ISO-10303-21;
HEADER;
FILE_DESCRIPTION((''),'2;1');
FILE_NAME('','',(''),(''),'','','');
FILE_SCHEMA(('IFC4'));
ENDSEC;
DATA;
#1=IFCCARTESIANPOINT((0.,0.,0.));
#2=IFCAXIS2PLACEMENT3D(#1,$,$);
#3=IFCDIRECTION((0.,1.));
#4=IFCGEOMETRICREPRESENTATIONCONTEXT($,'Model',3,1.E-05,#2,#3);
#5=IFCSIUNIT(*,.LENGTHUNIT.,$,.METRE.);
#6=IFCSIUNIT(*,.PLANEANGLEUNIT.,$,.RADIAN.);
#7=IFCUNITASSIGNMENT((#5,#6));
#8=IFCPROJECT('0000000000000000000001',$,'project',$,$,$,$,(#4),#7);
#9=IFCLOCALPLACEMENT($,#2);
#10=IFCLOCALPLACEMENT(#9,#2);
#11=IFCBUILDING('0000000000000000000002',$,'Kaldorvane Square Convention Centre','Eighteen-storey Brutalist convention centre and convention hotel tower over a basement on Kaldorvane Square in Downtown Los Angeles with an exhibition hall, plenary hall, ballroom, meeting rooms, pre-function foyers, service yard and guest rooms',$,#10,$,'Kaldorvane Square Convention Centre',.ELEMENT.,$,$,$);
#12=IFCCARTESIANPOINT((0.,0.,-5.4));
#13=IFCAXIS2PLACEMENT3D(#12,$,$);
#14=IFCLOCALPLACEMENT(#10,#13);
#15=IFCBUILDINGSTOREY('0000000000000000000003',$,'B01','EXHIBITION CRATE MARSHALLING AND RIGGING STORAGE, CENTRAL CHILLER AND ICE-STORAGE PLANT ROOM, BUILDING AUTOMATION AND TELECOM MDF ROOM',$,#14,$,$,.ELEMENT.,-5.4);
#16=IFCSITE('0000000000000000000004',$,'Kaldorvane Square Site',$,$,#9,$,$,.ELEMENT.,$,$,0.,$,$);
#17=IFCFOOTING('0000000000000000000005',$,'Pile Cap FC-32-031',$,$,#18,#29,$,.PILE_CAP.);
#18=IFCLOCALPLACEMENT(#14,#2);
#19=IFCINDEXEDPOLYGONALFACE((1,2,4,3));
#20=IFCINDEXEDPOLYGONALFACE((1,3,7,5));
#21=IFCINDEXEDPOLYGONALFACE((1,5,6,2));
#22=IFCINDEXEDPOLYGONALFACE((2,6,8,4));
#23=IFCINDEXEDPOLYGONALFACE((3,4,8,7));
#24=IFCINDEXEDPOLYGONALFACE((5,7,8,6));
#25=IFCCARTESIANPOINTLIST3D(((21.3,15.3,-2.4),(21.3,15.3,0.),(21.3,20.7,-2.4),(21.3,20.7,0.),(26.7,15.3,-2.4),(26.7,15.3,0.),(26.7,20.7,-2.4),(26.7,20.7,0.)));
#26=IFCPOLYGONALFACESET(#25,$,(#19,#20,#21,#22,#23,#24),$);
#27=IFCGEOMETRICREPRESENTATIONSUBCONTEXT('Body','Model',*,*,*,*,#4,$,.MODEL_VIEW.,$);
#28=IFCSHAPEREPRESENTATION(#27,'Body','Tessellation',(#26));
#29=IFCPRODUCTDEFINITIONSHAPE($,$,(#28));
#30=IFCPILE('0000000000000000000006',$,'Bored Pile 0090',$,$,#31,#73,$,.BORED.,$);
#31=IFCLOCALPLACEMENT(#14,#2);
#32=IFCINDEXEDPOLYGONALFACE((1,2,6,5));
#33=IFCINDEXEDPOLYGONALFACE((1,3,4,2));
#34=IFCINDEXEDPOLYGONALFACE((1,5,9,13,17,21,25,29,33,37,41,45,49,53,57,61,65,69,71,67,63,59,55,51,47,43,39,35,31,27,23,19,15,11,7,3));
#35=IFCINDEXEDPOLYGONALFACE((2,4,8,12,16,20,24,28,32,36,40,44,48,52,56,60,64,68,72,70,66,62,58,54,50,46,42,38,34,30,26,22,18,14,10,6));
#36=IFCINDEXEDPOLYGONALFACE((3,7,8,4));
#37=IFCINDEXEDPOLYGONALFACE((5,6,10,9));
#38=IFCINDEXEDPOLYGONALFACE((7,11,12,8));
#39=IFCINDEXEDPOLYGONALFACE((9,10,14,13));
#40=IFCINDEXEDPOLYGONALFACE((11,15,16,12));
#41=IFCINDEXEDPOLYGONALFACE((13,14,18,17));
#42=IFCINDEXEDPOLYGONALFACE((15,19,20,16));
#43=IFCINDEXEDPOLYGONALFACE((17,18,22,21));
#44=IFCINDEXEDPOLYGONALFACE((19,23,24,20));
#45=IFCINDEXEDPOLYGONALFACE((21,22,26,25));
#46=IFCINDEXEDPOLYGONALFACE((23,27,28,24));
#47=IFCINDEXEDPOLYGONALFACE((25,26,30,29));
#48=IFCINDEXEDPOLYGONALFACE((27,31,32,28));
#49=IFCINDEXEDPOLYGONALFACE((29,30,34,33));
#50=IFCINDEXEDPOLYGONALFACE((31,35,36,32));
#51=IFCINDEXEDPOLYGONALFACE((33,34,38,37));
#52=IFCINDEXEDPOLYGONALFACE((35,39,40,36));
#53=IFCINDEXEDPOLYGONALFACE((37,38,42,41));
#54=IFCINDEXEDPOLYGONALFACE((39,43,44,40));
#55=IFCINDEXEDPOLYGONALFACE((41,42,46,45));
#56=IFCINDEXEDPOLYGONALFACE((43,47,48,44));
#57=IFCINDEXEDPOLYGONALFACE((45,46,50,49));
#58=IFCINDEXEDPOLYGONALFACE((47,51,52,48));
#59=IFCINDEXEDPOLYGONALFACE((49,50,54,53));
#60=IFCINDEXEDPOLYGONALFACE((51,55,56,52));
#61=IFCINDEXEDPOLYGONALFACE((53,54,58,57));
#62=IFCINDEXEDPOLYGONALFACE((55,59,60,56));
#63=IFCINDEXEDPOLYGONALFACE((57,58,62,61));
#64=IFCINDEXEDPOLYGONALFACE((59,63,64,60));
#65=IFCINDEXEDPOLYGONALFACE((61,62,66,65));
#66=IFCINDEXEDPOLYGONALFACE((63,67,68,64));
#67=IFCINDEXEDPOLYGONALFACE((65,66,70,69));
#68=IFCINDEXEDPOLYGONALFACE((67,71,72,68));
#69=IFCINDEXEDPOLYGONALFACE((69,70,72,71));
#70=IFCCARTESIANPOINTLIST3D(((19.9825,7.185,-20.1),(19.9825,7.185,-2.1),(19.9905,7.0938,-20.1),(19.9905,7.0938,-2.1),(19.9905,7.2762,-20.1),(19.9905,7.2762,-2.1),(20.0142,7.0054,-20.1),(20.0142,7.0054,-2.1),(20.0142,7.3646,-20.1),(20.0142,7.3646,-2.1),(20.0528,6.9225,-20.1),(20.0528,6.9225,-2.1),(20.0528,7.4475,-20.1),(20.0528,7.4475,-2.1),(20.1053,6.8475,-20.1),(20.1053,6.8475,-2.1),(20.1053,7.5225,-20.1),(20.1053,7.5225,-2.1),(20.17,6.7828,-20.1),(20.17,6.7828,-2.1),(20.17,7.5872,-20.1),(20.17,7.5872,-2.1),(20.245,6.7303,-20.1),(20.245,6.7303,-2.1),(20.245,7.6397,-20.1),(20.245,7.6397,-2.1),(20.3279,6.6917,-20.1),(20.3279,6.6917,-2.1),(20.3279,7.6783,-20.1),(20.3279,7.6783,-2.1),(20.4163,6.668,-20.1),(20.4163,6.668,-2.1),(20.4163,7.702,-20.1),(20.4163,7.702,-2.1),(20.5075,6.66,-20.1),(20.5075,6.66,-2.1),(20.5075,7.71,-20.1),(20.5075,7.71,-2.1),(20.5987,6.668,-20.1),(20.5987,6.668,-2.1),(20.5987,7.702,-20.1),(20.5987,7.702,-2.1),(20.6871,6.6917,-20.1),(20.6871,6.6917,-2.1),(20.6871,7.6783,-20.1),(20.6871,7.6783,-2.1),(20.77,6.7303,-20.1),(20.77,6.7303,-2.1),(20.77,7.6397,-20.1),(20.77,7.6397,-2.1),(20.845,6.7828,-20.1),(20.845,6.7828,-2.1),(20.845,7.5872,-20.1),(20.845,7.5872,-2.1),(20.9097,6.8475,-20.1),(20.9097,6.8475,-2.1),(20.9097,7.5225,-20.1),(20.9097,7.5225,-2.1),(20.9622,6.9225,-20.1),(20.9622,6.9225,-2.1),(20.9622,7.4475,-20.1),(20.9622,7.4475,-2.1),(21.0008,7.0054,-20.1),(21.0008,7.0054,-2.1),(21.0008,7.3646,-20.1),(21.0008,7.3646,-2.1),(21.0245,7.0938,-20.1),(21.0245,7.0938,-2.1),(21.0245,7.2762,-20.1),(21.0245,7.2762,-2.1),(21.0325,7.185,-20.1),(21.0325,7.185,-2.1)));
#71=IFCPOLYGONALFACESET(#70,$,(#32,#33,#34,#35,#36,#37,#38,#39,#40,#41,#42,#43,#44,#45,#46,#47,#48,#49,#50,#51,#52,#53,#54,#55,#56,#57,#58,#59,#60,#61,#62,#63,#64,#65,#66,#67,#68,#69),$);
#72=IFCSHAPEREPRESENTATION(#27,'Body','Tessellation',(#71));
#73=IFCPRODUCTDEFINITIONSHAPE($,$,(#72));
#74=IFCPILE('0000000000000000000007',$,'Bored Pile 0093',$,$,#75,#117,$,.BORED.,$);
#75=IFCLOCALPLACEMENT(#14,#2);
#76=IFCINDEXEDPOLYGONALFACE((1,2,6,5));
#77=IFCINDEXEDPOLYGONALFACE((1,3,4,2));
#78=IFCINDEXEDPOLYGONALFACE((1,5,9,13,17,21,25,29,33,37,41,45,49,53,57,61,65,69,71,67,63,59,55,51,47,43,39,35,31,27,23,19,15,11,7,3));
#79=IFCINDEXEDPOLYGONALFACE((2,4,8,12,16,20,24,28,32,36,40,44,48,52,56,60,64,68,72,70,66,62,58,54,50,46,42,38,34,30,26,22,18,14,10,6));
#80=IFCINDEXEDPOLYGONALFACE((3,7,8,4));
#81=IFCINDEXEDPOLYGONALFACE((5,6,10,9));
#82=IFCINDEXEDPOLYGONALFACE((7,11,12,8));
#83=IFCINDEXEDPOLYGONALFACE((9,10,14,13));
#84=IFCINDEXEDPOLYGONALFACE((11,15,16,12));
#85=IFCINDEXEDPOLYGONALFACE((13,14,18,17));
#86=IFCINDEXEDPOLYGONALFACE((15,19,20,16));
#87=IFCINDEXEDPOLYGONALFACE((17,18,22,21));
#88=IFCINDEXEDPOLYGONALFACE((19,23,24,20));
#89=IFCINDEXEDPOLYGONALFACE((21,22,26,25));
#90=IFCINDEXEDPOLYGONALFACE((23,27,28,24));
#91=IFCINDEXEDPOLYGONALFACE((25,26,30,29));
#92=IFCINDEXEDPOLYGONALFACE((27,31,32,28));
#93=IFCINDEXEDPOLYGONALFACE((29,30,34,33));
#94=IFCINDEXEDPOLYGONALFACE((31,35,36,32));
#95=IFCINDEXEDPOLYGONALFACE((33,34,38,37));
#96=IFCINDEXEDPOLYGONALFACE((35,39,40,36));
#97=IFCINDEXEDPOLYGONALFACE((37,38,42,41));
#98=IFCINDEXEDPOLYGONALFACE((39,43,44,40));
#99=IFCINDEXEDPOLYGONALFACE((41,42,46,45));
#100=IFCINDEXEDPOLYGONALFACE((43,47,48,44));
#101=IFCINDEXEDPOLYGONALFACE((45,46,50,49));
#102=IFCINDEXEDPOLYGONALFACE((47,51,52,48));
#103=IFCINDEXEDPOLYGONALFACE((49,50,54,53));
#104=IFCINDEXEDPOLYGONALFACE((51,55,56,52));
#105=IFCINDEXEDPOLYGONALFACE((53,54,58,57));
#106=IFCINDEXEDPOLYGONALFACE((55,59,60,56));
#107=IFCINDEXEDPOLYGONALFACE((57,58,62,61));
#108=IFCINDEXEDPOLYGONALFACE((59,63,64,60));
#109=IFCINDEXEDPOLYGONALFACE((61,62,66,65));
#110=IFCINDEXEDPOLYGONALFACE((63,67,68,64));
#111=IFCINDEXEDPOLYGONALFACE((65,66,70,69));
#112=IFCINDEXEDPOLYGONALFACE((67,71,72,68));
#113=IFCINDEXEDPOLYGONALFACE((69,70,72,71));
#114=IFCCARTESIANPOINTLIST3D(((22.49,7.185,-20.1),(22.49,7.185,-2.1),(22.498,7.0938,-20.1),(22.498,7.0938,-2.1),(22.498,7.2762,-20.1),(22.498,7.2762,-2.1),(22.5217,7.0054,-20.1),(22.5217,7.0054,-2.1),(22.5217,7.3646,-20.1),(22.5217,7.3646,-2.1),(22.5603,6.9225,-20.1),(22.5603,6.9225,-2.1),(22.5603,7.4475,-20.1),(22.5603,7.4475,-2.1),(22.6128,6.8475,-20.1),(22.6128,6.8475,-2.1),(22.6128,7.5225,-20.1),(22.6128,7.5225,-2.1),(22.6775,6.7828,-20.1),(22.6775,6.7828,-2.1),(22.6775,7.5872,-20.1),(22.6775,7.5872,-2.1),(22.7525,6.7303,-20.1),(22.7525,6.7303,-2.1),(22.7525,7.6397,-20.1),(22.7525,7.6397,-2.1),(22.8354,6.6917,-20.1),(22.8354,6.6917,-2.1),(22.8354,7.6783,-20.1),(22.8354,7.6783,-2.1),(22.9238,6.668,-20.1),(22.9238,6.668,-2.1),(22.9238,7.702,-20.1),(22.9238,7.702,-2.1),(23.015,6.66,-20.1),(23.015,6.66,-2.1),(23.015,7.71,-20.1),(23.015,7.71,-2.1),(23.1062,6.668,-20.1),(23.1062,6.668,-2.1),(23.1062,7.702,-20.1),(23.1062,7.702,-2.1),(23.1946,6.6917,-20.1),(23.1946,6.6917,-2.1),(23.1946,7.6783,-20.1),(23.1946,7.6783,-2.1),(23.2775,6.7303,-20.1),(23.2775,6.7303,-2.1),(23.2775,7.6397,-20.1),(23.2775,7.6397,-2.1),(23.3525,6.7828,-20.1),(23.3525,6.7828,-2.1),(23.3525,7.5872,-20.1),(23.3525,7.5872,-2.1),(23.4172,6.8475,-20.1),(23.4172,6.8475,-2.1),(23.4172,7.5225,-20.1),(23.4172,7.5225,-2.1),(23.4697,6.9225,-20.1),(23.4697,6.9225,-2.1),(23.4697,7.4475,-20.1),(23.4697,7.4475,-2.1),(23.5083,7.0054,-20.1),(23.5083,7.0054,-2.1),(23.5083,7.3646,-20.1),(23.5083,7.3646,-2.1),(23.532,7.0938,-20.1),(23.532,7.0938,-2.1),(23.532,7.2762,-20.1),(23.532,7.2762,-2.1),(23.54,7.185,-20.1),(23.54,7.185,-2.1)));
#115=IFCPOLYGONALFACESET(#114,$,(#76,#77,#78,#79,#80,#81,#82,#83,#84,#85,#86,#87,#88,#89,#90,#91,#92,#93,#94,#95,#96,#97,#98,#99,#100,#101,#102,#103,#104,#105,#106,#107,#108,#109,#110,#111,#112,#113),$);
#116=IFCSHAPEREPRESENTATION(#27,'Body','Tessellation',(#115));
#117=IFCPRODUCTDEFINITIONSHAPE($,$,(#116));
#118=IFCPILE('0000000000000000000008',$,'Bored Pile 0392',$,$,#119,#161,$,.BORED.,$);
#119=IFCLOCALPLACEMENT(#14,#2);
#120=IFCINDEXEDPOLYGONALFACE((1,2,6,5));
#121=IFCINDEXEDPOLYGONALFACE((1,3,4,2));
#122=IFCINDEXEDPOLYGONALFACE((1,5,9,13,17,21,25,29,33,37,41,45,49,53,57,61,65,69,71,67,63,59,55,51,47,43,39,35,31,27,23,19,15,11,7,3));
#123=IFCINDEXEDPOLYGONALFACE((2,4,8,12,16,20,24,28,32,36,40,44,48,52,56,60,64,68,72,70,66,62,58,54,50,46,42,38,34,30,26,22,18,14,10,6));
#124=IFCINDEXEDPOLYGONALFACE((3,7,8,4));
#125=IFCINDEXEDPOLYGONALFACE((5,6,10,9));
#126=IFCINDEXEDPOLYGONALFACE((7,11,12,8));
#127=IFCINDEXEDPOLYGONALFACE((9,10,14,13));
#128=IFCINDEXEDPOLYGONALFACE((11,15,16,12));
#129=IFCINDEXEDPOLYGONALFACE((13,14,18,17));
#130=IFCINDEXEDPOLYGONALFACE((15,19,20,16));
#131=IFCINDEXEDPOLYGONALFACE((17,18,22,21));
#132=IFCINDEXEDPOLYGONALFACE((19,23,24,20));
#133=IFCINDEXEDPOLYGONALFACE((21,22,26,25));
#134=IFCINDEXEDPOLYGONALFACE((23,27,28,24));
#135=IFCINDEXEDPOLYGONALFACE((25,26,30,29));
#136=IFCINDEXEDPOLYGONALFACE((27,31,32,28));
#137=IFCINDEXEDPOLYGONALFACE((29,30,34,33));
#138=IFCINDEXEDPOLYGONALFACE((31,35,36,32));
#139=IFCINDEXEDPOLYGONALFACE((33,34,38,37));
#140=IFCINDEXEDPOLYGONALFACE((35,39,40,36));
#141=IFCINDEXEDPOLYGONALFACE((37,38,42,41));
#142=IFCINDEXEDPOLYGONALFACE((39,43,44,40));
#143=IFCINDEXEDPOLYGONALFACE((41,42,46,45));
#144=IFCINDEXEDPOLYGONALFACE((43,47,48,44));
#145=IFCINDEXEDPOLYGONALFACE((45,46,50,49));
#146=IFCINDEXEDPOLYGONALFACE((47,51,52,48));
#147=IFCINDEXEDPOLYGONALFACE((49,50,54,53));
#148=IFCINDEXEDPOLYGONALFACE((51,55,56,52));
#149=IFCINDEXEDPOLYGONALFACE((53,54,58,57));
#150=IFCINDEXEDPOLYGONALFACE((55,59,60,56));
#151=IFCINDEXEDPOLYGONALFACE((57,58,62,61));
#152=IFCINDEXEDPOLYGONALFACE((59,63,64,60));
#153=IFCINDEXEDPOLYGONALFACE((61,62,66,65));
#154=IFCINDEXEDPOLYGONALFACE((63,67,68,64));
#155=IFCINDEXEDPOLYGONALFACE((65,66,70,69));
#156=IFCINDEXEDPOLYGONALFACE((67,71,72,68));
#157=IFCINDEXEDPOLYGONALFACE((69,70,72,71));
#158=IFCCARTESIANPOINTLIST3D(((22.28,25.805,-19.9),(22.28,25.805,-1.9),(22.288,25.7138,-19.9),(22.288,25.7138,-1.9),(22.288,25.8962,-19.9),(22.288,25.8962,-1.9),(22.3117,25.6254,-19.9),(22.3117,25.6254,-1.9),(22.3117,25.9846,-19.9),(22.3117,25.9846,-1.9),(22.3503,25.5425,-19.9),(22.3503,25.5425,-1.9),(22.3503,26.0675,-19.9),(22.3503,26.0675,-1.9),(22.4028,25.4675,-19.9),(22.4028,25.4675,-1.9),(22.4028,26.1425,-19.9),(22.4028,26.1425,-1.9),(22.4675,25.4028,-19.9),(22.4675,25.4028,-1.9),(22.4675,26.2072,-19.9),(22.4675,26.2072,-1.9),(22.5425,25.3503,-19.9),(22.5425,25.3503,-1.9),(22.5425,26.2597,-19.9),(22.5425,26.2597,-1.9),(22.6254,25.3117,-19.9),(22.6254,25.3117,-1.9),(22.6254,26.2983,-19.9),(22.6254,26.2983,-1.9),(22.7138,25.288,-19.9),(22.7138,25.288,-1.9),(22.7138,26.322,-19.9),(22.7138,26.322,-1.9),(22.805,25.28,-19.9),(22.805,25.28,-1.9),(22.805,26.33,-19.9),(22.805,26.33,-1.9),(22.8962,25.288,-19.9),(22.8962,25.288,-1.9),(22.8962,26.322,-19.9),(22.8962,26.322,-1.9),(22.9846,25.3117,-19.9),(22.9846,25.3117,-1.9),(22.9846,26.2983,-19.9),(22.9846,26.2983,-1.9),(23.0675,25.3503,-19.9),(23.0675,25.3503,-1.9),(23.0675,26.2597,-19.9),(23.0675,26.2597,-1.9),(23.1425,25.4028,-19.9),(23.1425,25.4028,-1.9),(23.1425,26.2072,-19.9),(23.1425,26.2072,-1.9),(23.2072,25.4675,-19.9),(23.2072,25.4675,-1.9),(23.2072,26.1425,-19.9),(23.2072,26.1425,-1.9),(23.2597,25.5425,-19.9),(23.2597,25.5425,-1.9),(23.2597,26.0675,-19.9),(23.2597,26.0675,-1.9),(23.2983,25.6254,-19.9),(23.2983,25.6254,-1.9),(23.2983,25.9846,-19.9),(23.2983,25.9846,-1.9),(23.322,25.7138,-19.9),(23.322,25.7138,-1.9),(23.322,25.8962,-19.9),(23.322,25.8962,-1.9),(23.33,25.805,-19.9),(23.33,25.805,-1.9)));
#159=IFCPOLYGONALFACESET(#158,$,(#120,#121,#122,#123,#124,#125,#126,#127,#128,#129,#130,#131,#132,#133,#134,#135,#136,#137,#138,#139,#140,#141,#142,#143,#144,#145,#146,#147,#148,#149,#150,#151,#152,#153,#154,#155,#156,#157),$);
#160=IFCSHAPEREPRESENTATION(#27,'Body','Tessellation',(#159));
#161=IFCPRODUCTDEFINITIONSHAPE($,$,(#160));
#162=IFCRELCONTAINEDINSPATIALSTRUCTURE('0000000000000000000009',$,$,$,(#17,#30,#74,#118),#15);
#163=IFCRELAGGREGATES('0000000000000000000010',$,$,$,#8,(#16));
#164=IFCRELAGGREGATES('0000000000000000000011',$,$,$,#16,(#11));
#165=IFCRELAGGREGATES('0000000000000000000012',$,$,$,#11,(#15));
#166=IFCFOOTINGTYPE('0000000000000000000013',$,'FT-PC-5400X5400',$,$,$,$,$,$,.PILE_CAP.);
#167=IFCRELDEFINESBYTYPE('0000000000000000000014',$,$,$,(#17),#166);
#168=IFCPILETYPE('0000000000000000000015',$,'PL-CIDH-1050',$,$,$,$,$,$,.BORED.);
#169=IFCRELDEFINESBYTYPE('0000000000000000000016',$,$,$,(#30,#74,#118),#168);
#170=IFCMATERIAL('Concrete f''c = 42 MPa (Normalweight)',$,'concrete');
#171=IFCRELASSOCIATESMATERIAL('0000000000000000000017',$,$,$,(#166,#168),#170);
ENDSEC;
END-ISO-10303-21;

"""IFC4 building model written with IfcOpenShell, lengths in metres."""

from ifc_helpers import new_model, si_unit, direction, frame, origin, origin_2d, place, context, subcontext, project, spatial, rectangle, circle, extrude, material, material_profile, profile_set, type_object, element, save


model = new_model("IFC4")

# Units and contexts
model_context = context("Model", 3, precision=1e-05, world=origin(), true_north=direction((0.0, 1.0)))
body_context = subcontext(model_context, "Body", "Model", "MODEL_VIEW")
ifc_project = project(units=[si_unit("LENGTHUNIT", "METRE"), si_unit("PLANEANGLEUNIT", "RADIAN")], contexts=[model_context])

# Site, building, storey
site_placement = place(None, origin())
site = spatial("IfcSite", under=ifc_project, at=site_placement, Name="Kaldorvane Square Site", CompositionType="ELEMENT", RefElevation=0.0)
building_placement = place(site_placement, origin())
building = spatial("IfcBuilding", under=site, at=building_placement, Name="Kaldorvane Square Convention Centre", Description="Eighteen-storey Brutalist convention centre and convention hotel tower over a basement on Kaldorvane Square in Downtown Los Angeles with an exhibition hall, plenary hall, ballroom, meeting rooms, pre-function foyers, service yard and guest rooms", LongName="Kaldorvane Square Convention Centre", CompositionType="ELEMENT")
storey_placement = place(building_placement, frame((0.0, 0.0, -5.4)))
storey = spatial("IfcBuildingStorey", under=building, at=storey_placement, Name="B01", Description="EXHIBITION CRATE MARSHALLING AND RIGGING STORAGE, CENTRAL CHILLER AND ICE-STORAGE PLANT ROOM, BUILDING AUTOMATION AND TELECOM MDF ROOM", CompositionType="ELEMENT", Elevation=-5.4)

# Footing
ifc_material_1 = material(Name="Concrete f'c = 42 MPa (Normalweight)", Category="concrete")
footing_type = type_object("IfcFootingType", Name="FT-PC-5400X5400", PredefinedType="PILE_CAP", material=ifc_material_1)
footing_placement = place(storey_placement, frame((24.0, 18.0, -2.4), z_axis=(0.0, 0.0, 1.0), x_axis=(1.0, 0.0, 0.0)))
element("IfcFooting", 1, at=footing_placement, inside=storey, type_object=footing_type, Name="Pile Cap FC-32-031", PredefinedType="PILE_CAP", context=body_context, shape_type="SweptSolid", body=[
    extrude(rectangle(XDim=5.4, YDim=5.4, at=origin_2d()), origin(), (0.0, 0.0, 1.0), 2.4),
])

# Piles
ifc_material_profile_1 = material_profile(ifc_material_1, circle(Radius=0.525, at=origin_2d()), Name="PILE-D1050")
ifc_profile_set_1 = profile_set([ifc_material_profile_1], Name="Concrete f'c = 42 MPa (Normalweight)")
pile_type_1 = type_object("IfcPileType", Name="PL-CIDH-1050", PredefinedType="BORED", material=ifc_profile_set_1)
for number, where, z_axis, x_axis, name in (
    (2, (20.5075, 7.185, -2.1), (0.0, 0.0, -1.0), (1.0, 0.0, 0.0), "Bored Pile 0090"),
    (3, (23.015, 7.185, -2.1), (0.0, 0.0, -1.0), (1.0, 0.0, 0.0), "Bored Pile 0093"),
    (4, (22.805, 25.805, -1.9), (0.0, 0.0, -1.0), (1.0, 0.0, 0.0), "Bored Pile 0392"),
):
    element("IfcPile", number, at=place(storey_placement, frame(where, z_axis=z_axis, x_axis=x_axis)), inside=storey, type_object=pile_type_1, Name=name, PredefinedType="BORED", context=body_context, shape_type="SweptSolid", body=[
        extrude(circle(Radius=0.525, at=origin_2d()), origin(), (0.0, 0.0, 1.0), 18.0),
    ])

save(model, "model.ifc")
